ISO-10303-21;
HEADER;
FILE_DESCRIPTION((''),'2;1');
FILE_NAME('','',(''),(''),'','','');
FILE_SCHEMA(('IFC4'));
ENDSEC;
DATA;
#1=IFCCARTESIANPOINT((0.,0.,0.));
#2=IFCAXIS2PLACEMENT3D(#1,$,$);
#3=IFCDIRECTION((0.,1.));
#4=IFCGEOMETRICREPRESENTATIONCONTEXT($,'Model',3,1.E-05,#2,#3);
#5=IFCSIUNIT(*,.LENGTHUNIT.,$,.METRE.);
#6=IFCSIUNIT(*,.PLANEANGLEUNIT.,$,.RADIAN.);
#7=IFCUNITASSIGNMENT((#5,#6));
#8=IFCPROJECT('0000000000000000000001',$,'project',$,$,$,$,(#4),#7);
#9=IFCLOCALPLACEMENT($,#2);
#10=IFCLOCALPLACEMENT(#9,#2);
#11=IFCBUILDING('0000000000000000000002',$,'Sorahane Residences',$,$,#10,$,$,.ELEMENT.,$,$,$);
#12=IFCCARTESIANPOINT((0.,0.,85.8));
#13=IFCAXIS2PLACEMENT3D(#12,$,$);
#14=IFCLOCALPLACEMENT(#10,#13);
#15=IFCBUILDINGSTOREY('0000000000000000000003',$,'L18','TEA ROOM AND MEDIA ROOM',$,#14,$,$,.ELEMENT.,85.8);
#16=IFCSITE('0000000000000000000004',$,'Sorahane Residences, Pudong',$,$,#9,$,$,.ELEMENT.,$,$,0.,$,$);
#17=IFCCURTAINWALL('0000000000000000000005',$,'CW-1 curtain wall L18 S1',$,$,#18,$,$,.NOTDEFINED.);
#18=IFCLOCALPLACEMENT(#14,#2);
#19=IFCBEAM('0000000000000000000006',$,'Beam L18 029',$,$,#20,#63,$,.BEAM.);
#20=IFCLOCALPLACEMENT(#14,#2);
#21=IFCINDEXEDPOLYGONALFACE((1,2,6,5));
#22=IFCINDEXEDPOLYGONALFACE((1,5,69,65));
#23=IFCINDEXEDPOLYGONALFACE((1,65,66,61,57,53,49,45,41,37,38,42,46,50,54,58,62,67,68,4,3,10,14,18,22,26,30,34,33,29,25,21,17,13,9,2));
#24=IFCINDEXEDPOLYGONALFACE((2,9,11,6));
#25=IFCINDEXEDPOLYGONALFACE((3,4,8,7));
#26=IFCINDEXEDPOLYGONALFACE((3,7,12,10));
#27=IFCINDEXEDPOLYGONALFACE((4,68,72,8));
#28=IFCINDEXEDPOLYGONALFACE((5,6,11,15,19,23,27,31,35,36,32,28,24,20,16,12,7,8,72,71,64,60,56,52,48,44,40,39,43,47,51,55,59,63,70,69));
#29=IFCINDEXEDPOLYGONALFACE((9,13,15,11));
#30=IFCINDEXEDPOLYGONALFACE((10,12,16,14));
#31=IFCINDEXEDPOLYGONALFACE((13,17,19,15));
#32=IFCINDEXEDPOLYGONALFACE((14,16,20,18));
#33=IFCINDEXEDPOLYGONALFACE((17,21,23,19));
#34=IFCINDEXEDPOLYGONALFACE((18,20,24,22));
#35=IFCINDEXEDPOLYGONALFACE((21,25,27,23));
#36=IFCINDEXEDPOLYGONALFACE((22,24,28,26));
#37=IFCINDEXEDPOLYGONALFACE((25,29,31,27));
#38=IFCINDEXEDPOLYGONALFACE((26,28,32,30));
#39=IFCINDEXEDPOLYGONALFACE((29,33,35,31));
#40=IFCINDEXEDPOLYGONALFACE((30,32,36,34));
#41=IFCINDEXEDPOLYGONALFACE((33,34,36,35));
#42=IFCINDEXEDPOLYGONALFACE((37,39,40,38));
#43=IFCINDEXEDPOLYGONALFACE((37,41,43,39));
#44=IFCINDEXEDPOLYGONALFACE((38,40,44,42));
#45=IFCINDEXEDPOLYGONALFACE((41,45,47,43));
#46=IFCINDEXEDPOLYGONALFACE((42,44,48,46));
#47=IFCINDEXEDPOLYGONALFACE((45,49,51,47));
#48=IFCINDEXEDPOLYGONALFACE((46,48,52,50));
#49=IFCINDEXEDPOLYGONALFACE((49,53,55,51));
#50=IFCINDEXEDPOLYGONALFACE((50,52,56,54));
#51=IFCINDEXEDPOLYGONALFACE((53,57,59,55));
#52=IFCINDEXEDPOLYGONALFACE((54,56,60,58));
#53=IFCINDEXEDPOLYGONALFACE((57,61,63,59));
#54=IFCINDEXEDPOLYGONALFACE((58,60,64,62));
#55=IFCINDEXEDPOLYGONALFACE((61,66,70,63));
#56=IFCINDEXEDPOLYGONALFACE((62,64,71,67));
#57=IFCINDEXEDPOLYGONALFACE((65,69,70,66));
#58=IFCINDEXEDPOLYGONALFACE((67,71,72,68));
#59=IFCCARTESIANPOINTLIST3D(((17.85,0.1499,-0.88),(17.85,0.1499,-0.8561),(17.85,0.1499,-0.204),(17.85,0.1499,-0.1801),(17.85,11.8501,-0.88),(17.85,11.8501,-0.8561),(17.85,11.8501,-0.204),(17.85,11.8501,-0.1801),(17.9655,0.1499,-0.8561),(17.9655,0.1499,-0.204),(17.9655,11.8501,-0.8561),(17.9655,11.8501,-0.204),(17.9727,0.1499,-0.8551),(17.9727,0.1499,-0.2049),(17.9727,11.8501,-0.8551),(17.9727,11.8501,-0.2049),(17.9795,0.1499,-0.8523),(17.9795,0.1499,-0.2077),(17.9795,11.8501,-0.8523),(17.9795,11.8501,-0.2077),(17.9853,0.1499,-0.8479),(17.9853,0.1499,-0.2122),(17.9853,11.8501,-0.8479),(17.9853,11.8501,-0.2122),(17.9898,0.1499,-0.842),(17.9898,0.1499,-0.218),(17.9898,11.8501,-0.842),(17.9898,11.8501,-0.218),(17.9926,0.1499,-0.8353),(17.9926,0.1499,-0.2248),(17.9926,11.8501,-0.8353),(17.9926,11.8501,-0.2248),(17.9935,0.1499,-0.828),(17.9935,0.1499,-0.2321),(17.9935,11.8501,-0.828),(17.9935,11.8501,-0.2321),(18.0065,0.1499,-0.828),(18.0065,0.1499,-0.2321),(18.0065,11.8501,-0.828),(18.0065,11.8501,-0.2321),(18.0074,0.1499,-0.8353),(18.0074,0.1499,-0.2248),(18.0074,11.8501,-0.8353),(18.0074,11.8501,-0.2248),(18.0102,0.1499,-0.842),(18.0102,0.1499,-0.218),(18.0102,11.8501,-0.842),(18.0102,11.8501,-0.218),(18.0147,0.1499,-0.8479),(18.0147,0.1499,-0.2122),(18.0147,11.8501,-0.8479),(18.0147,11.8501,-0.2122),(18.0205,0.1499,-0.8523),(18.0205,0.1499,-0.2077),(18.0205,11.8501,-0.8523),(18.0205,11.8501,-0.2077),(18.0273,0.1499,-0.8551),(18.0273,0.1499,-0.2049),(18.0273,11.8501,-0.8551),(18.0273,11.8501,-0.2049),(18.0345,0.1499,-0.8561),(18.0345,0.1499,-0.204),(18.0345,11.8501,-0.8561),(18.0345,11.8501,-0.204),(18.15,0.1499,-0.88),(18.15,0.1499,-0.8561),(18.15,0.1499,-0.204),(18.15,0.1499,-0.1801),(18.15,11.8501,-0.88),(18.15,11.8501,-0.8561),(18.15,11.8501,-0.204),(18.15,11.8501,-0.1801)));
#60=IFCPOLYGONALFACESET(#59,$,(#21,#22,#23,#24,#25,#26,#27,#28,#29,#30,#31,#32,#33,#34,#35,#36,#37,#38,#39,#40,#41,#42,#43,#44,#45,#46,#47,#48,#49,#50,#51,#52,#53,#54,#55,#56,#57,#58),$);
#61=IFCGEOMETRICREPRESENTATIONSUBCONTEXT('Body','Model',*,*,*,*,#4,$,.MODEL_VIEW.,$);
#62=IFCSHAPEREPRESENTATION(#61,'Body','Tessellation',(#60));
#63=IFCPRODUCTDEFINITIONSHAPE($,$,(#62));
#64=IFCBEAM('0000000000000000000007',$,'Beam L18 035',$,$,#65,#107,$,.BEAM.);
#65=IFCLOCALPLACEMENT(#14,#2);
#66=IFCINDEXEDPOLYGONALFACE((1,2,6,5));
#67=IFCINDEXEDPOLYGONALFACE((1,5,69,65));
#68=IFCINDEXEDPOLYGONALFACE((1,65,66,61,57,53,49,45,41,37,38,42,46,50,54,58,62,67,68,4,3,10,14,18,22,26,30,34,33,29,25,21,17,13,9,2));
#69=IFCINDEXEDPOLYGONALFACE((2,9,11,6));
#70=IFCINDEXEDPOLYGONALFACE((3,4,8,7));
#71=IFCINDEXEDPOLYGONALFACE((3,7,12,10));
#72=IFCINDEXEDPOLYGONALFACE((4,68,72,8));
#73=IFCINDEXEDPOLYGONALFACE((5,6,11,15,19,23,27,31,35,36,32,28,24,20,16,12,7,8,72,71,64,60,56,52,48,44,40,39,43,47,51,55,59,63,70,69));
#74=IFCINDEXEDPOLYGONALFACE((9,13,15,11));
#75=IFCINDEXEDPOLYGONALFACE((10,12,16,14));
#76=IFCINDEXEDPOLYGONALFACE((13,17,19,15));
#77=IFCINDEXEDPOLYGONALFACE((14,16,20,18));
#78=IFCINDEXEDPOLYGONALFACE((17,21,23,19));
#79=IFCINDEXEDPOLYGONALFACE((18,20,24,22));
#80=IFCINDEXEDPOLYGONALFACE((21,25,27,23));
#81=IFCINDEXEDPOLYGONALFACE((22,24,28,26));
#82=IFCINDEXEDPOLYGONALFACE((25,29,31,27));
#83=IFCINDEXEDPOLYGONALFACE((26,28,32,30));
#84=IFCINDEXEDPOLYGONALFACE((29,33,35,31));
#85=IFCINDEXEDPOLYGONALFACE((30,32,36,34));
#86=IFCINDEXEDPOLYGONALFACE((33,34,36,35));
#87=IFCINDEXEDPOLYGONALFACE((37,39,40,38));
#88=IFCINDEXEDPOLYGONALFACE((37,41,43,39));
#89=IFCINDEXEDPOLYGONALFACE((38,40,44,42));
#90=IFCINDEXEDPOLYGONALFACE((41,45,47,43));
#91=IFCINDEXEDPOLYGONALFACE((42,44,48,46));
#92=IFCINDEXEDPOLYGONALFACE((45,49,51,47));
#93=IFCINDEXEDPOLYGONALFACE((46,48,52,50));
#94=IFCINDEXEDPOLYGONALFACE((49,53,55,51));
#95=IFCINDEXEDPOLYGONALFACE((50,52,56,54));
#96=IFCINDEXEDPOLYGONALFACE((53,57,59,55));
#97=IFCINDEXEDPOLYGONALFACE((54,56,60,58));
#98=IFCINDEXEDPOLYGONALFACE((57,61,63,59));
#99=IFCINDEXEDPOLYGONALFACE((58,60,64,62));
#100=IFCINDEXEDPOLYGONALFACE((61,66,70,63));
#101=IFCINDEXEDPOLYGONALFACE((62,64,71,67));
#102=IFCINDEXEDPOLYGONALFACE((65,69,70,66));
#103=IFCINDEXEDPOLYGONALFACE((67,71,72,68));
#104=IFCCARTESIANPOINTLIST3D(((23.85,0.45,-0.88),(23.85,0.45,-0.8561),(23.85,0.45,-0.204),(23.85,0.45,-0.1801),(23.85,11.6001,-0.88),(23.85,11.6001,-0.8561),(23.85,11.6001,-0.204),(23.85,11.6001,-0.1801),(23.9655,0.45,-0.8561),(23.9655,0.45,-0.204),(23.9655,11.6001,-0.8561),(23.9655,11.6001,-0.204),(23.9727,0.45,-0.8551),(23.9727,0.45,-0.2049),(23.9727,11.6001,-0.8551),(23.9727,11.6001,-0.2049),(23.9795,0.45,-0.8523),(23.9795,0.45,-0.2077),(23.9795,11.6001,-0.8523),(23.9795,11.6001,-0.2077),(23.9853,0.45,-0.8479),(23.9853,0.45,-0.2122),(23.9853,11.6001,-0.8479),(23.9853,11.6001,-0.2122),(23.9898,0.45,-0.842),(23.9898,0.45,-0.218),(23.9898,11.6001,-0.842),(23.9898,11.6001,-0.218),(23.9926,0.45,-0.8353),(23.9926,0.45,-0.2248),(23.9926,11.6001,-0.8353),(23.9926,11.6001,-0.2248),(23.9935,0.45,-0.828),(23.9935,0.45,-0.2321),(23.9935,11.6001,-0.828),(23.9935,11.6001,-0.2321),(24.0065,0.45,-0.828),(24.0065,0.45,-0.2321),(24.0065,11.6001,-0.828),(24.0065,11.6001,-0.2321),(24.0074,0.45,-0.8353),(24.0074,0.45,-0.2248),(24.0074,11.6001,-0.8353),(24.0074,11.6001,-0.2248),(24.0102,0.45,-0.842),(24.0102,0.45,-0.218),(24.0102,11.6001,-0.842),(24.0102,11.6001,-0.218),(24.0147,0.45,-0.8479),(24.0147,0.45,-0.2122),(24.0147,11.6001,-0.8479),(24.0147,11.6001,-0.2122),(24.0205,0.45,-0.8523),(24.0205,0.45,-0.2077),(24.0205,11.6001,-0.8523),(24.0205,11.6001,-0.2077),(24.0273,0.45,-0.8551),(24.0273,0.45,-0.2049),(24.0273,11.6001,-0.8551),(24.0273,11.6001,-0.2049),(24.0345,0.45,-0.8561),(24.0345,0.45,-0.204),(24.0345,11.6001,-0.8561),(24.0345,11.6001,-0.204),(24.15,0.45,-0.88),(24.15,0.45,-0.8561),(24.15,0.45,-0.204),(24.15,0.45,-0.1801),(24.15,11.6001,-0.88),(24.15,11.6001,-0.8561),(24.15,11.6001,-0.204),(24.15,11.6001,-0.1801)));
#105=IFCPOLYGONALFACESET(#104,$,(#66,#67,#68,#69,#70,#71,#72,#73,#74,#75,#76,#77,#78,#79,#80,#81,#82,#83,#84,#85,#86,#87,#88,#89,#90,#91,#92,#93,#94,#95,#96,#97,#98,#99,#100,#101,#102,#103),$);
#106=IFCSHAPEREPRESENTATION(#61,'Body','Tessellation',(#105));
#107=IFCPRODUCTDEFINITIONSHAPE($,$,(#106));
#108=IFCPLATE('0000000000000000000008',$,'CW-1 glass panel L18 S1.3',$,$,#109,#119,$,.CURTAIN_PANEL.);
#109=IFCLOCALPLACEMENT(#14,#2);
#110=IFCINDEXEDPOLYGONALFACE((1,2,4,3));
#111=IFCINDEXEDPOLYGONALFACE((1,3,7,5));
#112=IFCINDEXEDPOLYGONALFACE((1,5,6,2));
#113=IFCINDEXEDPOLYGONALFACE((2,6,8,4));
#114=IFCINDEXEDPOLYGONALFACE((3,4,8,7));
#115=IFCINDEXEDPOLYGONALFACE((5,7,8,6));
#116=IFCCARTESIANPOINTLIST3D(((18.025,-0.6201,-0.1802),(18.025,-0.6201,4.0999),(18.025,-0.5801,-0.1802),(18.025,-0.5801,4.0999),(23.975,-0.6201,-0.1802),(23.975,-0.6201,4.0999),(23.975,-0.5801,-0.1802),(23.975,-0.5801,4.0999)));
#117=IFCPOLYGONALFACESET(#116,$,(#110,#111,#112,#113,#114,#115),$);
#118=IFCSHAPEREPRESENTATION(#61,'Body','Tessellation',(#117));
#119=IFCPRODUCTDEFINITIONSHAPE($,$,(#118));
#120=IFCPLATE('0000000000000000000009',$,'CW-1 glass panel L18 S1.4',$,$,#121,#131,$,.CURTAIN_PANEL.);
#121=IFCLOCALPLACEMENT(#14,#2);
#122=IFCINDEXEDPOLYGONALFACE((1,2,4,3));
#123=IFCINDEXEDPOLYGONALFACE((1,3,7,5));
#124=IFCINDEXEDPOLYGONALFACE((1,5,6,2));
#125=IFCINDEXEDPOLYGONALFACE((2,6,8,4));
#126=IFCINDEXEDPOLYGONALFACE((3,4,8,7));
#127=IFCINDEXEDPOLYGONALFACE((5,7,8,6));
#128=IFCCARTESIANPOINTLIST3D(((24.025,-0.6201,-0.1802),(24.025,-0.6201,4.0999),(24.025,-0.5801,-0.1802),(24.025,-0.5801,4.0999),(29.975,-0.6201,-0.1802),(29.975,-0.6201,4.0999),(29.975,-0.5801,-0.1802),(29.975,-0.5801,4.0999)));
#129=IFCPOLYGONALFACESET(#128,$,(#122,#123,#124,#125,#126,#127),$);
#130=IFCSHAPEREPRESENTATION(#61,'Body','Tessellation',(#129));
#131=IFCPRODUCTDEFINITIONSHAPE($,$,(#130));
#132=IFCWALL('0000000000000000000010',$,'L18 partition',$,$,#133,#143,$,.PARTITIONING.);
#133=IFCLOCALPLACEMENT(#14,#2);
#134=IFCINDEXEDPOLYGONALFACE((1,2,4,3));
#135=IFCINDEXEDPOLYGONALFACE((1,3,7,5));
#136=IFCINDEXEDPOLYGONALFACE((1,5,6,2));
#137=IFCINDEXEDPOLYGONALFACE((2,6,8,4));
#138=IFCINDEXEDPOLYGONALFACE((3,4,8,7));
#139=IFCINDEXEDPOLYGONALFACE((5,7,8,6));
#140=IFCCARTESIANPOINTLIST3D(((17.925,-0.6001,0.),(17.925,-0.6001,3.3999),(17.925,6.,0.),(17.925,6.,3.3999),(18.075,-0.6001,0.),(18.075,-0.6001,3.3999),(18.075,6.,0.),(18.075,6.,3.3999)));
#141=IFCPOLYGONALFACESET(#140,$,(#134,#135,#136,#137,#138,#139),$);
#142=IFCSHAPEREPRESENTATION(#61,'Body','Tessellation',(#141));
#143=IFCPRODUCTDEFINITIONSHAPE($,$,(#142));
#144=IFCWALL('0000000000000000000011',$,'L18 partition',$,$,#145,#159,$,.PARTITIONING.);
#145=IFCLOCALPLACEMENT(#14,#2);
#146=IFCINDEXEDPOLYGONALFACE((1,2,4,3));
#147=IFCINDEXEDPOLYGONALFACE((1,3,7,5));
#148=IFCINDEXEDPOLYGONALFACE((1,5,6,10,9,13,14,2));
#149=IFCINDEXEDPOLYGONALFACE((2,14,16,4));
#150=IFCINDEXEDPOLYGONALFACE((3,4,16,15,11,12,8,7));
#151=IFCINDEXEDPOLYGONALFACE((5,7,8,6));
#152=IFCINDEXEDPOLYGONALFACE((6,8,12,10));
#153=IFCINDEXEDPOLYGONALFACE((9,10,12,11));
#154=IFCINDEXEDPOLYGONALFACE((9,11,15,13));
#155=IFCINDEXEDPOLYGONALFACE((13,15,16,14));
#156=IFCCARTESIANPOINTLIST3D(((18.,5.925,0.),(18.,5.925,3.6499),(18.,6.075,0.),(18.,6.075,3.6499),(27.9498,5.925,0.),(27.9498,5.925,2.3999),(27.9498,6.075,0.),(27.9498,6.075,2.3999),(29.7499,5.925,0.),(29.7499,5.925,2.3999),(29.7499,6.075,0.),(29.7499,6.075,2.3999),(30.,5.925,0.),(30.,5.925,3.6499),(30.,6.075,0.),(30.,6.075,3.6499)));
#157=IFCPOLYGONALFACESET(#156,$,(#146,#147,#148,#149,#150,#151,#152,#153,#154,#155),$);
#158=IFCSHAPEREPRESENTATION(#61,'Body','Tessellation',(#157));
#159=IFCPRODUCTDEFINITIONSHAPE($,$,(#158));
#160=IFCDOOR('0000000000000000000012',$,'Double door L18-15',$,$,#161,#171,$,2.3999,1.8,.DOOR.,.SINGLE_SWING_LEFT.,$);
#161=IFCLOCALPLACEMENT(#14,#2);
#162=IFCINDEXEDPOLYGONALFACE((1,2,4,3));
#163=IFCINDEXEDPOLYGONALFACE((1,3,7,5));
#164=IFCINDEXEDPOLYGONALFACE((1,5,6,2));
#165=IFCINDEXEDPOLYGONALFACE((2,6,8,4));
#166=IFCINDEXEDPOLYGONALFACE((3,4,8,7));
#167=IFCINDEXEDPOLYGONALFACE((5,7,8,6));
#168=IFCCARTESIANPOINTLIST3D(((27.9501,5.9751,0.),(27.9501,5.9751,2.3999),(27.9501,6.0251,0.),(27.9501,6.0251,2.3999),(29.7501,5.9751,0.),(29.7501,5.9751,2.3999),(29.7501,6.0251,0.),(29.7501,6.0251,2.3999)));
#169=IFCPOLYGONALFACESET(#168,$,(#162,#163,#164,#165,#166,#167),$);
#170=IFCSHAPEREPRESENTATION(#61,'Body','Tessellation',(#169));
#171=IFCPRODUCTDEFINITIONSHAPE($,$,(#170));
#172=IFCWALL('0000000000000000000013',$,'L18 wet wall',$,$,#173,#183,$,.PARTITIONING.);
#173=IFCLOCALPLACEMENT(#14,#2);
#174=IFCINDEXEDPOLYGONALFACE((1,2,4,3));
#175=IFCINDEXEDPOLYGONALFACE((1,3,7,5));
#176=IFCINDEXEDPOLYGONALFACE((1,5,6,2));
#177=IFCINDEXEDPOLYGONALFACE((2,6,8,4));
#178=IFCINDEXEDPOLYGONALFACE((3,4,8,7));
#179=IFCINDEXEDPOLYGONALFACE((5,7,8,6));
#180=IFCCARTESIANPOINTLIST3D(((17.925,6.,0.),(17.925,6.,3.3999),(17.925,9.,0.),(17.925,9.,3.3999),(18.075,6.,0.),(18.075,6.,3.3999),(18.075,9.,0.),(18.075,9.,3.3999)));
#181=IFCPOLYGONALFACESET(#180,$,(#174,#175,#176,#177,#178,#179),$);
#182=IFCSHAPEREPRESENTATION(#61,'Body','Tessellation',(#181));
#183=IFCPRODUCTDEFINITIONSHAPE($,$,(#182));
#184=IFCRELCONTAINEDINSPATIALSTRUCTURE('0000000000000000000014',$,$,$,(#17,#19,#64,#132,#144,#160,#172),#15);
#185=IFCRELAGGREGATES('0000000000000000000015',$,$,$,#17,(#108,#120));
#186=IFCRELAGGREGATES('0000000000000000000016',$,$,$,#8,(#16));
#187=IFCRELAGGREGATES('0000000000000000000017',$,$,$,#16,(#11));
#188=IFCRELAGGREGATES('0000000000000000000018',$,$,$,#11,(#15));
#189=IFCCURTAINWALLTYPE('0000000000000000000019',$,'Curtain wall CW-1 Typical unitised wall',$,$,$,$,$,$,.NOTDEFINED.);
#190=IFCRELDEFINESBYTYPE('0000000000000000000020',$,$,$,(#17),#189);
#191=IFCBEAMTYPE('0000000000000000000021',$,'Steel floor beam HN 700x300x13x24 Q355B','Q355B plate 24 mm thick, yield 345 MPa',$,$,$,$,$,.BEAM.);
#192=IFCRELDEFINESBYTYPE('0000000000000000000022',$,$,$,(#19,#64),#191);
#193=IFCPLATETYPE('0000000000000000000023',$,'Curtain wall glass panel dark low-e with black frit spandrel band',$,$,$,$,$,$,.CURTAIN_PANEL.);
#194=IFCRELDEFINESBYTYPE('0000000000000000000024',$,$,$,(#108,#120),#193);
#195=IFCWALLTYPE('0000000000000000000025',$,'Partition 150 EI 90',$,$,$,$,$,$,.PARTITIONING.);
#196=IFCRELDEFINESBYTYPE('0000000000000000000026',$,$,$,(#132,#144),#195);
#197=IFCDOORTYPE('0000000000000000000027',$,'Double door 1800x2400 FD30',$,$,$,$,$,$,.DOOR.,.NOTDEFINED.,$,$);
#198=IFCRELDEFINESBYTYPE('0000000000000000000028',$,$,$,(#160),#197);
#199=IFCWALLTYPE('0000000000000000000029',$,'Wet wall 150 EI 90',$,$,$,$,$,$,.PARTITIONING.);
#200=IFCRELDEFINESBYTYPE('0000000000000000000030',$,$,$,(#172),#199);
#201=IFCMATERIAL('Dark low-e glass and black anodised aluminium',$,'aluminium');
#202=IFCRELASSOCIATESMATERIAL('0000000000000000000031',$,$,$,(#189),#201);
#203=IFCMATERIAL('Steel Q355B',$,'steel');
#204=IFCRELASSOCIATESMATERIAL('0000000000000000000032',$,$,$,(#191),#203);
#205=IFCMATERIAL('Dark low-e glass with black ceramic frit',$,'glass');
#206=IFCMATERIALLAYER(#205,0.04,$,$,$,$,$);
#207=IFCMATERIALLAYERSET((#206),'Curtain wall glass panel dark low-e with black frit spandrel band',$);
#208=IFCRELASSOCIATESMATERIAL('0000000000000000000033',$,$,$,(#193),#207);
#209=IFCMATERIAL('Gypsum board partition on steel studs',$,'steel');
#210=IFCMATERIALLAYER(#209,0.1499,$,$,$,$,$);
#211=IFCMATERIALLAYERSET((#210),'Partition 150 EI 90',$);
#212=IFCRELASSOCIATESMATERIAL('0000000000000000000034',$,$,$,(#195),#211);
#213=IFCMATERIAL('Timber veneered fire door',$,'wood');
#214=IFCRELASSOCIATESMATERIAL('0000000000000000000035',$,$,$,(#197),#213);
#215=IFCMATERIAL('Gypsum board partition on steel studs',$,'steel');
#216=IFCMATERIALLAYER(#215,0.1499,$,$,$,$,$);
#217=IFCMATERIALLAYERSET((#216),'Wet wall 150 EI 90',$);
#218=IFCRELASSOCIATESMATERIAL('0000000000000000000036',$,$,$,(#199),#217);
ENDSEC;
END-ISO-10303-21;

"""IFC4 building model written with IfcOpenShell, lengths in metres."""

from ifc_helpers import new_model, si_unit, direction, frame, frame_2d, origin, origin_2d, place, context, subcontext, project, spatial, rectangle, i_section, extrude, material, layer, layer_set, material_profile, profile_set, type_object, element, fill, aggregate, save


model = new_model("IFC4")

# Units and contexts
model_context = context("Model", 3, precision=1e-05, world=origin(), true_north=direction((0.0, 1.0)))
body_context = subcontext(model_context, "Body", "Model", "MODEL_VIEW")
ifc_project = project(units=[si_unit("LENGTHUNIT", "METRE"), si_unit("PLANEANGLEUNIT", "RADIAN")], contexts=[model_context])

# Site, building, storey
site_placement = place(None, origin())
site = spatial("IfcSite", under=ifc_project, at=site_placement, Name="Sorahane Residences, Pudong", CompositionType="ELEMENT", RefElevation=0.0)
building_placement = place(site_placement, origin())
building = spatial("IfcBuilding", under=site, at=building_placement, Name="Sorahane Residences", CompositionType="ELEMENT")
storey_placement = place(building_placement, frame((0.0, 0.0, 85.8)))
storey = spatial("IfcBuildingStorey", under=building, at=storey_placement, Name="L18", Description="TEA ROOM AND MEDIA ROOM", CompositionType="ELEMENT", Elevation=85.8)

# Curtain wall
ifc_material_1 = material(Name="Dark low-e glass and black anodised aluminium", Category="aluminium")
curtain_wall_type = type_object("IfcCurtainWallType", Name="Curtain wall CW-1 Typical unitised wall", PredefinedType="NOTDEFINED", material=ifc_material_1)
curtain_wall_placement = place(storey_placement, origin())
curtain_wall = element("IfcCurtainWall", 1, at=curtain_wall_placement, inside=storey, type_object=curtain_wall_type, Name="CW-1 curtain wall L18 S1", PredefinedType="NOTDEFINED")

# Beams
ifc_material_2 = material(Name="Steel Q355B", Category="steel")
ifc_material_profile_1 = material_profile(ifc_material_2, i_section(OverallWidth=0.3, OverallDepth=0.7, WebThickness=0.0129, FlangeThickness=0.0239, FilletRadius=0.0281, at=origin_2d()), Name="HN 700x300x13x24")
ifc_profile_set_1 = profile_set([ifc_material_profile_1], Name="Steel Q355B")
beam_type_1 = type_object("IfcBeamType", Name="Steel floor beam HN 700x300x13x24 Q355B", Description="Q355B plate 24 mm thick, yield 345 MPa", PredefinedType="BEAM", material=ifc_profile_set_1)
beam_1_placement = place(storey_placement, frame((18.0, 0.1499, -0.53), z_axis=(0.0, 1.0, 0.0), x_axis=(-1.0, 0.0, 0.0)))
element("IfcBeam", 2, at=beam_1_placement, inside=storey, type_object=beam_type_1, Name="Beam L18 029", PredefinedType="BEAM", context=body_context, shape_type="SweptSolid", body=[
    extrude(i_section(OverallWidth=0.3, OverallDepth=0.7, WebThickness=0.0129, FlangeThickness=0.0239, FilletRadius=0.0281, at=origin_2d()), origin(), (0.0, 0.0, 1.0), 11.7002),
])
beam_2_placement = place(storey_placement, frame((24.0, 0.45, -0.53), z_axis=(0.0, 1.0, 0.0), x_axis=(-1.0, 0.0, 0.0)))
element("IfcBeam", 3, at=beam_2_placement, inside=storey, type_object=beam_type_1, Name="Beam L18 035", PredefinedType="BEAM", context=body_context, shape_type="SweptSolid", body=[
    extrude(i_section(OverallWidth=0.3, OverallDepth=0.7, WebThickness=0.0129, FlangeThickness=0.0239, FilletRadius=0.0281, at=origin_2d()), origin(), (0.0, 0.0, 1.0), 11.1501),
])

# Plates
ifc_material_3 = material(Name="Dark low-e glass with black ceramic frit", Category="glass")
ifc_layer_1 = layer(ifc_material_3, 0.04)
ifc_layer_set_1 = layer_set([ifc_layer_1], Name="Curtain wall glass panel dark low-e with black frit spandrel band")
plate_type = type_object("IfcPlateType", Name="Curtain wall glass panel dark low-e with black frit spandrel band", PredefinedType="CURTAIN_PANEL", material=ifc_layer_set_1)
plate_1_placement = place(storey_placement, frame((21.0, -0.6001, -0.1802), z_axis=(0.0, 0.0, 1.0), x_axis=(1.0, 0.0, 0.0)))
plate_1 = element("IfcPlate", 4, at=plate_1_placement, type_object=plate_type, Name="CW-1 glass panel L18 S1.3", PredefinedType="CURTAIN_PANEL", context=body_context, shape_type="SweptSolid", body=[
    extrude(rectangle(XDim=5.95, YDim=0.04, at=origin_2d()), origin(), (0.0, 0.0, 1.0), 4.28),
])
plate_2_placement = place(storey_placement, frame((27.0, -0.6001, -0.1802), z_axis=(0.0, 0.0, 1.0), x_axis=(1.0, 0.0, 0.0)))
plate_2 = element("IfcPlate", 5, at=plate_2_placement, type_object=plate_type, Name="CW-1 glass panel L18 S1.4", PredefinedType="CURTAIN_PANEL", context=body_context, shape_type="SweptSolid", body=[
    extrude(rectangle(XDim=5.95, YDim=0.04, at=origin_2d()), origin(), (0.0, 0.0, 1.0), 4.28),
])
aggregate(curtain_wall, [plate_1, plate_2])

# Wall
ifc_material_4 = material(Name="Gypsum board partition on steel studs", Category="steel")
ifc_layer_2 = layer(ifc_material_4, 0.1499)
ifc_layer_set_2 = layer_set([ifc_layer_2], Name="Partition 150 EI 90")
wall_type_1 = type_object("IfcWallType", Name="Partition 150 EI 90", PredefinedType="PARTITIONING", material=ifc_layer_set_2)
wall_1_placement = place(storey_placement, frame((18.0, -0.6001, 0.0), z_axis=(0.0, 0.0, 1.0), x_axis=(0.0, 1.0, 0.0)))
element("IfcWall", 6, at=wall_1_placement, inside=storey, type_object=wall_type_1, Name="L18 partition", PredefinedType="PARTITIONING", context=body_context, shape_type="SweptSolid", body=[
    extrude(rectangle(XDim=6.6001, YDim=0.1499, at=frame_2d((3.3, 0.0))), origin(), (0.0, 0.0, 1.0), 3.3999),
])

# Wall, opening, door
wall_2_placement = place(storey_placement, frame((18.0, 6.0, 0.0), z_axis=(0.0, 0.0, 1.0), x_axis=(1.0, 0.0, 0.0)))
wall_2 = element("IfcWall", 7, at=wall_2_placement, inside=storey, type_object=wall_type_1, Name="L18 partition", PredefinedType="PARTITIONING", context=body_context, shape_type="SweptSolid", body=[
    extrude(rectangle(XDim=12.0, YDim=0.1499, at=frame_2d((6.0, 0.0))), origin(), (0.0, 0.0, 1.0), 3.6499),
])
opening_placement = place(wall_2_placement, frame((9.95, 0.0, 0.0)))
opening = element("IfcOpeningElement", 8, at=opening_placement, cuts=wall_2, PredefinedType="OPENING", context=body_context, shape_type="SweptSolid", body=[
    extrude(rectangle(XDim=1.8, YDim=2.3999, at=frame_2d((0.8999, 1.2))), frame((0.0, 0.085, 0.0), z_axis=(0.0, -1.0, 0.0), x_axis=(1.0, 0.0, 0.0)), (0.0, 0.0, 1.0), 0.1699),
])
ifc_material_5 = material(Name="Timber veneered fire door", Category="wood")
door_type = type_object("IfcDoorType", Name="Double door 1800x2400 FD30", OperationType="NOTDEFINED", PredefinedType="DOOR", material=ifc_material_5)
door_placement = place(opening_placement, frame((1.8, 0.0, 0.0), z_axis=(0.0, 0.0, 1.0), x_axis=(-1.0, 0.0, 0.0)))
door = element("IfcDoor", 9, at=door_placement, inside=storey, type_object=door_type, Name="Double door L18-15", OperationType="SINGLE_SWING_LEFT", OverallHeight=2.3999, OverallWidth=1.8, PredefinedType="DOOR", context=body_context, shape_type="SweptSolid", body=[
    extrude(rectangle(XDim=1.8, YDim=2.3999, at=frame_2d((0.8999, 1.2))), frame((0.0, 0.0249, 0.0), z_axis=(0.0, -1.0, 0.0), x_axis=(1.0, 0.0, 0.0)), (0.0, 0.0, 1.0), 0.05),
])
fill(opening, door)

# Wall
ifc_material_6 = material(Name="Gypsum board partition on steel studs", Category="steel")
ifc_layer_3 = layer(ifc_material_6, 0.1499)
ifc_layer_set_3 = layer_set([ifc_layer_3], Name="Wet wall 150 EI 90")
wall_type_2 = type_object("IfcWallType", Name="Wet wall 150 EI 90", PredefinedType="PARTITIONING", material=ifc_layer_set_3)
wall_3_placement = place(storey_placement, frame((18.0, 6.0, 0.0), z_axis=(0.0, 0.0, 1.0), x_axis=(0.0, 1.0, 0.0)))
element("IfcWall", 10, at=wall_3_placement, inside=storey, type_object=wall_type_2, Name="L18 wet wall", PredefinedType="PARTITIONING", context=body_context, shape_type="SweptSolid", body=[
    extrude(rectangle(XDim=3.0, YDim=0.1499, at=frame_2d((1.5, 0.0))), origin(), (0.0, 0.0, 1.0), 3.3999),
])

save(model, "model.ifc")
